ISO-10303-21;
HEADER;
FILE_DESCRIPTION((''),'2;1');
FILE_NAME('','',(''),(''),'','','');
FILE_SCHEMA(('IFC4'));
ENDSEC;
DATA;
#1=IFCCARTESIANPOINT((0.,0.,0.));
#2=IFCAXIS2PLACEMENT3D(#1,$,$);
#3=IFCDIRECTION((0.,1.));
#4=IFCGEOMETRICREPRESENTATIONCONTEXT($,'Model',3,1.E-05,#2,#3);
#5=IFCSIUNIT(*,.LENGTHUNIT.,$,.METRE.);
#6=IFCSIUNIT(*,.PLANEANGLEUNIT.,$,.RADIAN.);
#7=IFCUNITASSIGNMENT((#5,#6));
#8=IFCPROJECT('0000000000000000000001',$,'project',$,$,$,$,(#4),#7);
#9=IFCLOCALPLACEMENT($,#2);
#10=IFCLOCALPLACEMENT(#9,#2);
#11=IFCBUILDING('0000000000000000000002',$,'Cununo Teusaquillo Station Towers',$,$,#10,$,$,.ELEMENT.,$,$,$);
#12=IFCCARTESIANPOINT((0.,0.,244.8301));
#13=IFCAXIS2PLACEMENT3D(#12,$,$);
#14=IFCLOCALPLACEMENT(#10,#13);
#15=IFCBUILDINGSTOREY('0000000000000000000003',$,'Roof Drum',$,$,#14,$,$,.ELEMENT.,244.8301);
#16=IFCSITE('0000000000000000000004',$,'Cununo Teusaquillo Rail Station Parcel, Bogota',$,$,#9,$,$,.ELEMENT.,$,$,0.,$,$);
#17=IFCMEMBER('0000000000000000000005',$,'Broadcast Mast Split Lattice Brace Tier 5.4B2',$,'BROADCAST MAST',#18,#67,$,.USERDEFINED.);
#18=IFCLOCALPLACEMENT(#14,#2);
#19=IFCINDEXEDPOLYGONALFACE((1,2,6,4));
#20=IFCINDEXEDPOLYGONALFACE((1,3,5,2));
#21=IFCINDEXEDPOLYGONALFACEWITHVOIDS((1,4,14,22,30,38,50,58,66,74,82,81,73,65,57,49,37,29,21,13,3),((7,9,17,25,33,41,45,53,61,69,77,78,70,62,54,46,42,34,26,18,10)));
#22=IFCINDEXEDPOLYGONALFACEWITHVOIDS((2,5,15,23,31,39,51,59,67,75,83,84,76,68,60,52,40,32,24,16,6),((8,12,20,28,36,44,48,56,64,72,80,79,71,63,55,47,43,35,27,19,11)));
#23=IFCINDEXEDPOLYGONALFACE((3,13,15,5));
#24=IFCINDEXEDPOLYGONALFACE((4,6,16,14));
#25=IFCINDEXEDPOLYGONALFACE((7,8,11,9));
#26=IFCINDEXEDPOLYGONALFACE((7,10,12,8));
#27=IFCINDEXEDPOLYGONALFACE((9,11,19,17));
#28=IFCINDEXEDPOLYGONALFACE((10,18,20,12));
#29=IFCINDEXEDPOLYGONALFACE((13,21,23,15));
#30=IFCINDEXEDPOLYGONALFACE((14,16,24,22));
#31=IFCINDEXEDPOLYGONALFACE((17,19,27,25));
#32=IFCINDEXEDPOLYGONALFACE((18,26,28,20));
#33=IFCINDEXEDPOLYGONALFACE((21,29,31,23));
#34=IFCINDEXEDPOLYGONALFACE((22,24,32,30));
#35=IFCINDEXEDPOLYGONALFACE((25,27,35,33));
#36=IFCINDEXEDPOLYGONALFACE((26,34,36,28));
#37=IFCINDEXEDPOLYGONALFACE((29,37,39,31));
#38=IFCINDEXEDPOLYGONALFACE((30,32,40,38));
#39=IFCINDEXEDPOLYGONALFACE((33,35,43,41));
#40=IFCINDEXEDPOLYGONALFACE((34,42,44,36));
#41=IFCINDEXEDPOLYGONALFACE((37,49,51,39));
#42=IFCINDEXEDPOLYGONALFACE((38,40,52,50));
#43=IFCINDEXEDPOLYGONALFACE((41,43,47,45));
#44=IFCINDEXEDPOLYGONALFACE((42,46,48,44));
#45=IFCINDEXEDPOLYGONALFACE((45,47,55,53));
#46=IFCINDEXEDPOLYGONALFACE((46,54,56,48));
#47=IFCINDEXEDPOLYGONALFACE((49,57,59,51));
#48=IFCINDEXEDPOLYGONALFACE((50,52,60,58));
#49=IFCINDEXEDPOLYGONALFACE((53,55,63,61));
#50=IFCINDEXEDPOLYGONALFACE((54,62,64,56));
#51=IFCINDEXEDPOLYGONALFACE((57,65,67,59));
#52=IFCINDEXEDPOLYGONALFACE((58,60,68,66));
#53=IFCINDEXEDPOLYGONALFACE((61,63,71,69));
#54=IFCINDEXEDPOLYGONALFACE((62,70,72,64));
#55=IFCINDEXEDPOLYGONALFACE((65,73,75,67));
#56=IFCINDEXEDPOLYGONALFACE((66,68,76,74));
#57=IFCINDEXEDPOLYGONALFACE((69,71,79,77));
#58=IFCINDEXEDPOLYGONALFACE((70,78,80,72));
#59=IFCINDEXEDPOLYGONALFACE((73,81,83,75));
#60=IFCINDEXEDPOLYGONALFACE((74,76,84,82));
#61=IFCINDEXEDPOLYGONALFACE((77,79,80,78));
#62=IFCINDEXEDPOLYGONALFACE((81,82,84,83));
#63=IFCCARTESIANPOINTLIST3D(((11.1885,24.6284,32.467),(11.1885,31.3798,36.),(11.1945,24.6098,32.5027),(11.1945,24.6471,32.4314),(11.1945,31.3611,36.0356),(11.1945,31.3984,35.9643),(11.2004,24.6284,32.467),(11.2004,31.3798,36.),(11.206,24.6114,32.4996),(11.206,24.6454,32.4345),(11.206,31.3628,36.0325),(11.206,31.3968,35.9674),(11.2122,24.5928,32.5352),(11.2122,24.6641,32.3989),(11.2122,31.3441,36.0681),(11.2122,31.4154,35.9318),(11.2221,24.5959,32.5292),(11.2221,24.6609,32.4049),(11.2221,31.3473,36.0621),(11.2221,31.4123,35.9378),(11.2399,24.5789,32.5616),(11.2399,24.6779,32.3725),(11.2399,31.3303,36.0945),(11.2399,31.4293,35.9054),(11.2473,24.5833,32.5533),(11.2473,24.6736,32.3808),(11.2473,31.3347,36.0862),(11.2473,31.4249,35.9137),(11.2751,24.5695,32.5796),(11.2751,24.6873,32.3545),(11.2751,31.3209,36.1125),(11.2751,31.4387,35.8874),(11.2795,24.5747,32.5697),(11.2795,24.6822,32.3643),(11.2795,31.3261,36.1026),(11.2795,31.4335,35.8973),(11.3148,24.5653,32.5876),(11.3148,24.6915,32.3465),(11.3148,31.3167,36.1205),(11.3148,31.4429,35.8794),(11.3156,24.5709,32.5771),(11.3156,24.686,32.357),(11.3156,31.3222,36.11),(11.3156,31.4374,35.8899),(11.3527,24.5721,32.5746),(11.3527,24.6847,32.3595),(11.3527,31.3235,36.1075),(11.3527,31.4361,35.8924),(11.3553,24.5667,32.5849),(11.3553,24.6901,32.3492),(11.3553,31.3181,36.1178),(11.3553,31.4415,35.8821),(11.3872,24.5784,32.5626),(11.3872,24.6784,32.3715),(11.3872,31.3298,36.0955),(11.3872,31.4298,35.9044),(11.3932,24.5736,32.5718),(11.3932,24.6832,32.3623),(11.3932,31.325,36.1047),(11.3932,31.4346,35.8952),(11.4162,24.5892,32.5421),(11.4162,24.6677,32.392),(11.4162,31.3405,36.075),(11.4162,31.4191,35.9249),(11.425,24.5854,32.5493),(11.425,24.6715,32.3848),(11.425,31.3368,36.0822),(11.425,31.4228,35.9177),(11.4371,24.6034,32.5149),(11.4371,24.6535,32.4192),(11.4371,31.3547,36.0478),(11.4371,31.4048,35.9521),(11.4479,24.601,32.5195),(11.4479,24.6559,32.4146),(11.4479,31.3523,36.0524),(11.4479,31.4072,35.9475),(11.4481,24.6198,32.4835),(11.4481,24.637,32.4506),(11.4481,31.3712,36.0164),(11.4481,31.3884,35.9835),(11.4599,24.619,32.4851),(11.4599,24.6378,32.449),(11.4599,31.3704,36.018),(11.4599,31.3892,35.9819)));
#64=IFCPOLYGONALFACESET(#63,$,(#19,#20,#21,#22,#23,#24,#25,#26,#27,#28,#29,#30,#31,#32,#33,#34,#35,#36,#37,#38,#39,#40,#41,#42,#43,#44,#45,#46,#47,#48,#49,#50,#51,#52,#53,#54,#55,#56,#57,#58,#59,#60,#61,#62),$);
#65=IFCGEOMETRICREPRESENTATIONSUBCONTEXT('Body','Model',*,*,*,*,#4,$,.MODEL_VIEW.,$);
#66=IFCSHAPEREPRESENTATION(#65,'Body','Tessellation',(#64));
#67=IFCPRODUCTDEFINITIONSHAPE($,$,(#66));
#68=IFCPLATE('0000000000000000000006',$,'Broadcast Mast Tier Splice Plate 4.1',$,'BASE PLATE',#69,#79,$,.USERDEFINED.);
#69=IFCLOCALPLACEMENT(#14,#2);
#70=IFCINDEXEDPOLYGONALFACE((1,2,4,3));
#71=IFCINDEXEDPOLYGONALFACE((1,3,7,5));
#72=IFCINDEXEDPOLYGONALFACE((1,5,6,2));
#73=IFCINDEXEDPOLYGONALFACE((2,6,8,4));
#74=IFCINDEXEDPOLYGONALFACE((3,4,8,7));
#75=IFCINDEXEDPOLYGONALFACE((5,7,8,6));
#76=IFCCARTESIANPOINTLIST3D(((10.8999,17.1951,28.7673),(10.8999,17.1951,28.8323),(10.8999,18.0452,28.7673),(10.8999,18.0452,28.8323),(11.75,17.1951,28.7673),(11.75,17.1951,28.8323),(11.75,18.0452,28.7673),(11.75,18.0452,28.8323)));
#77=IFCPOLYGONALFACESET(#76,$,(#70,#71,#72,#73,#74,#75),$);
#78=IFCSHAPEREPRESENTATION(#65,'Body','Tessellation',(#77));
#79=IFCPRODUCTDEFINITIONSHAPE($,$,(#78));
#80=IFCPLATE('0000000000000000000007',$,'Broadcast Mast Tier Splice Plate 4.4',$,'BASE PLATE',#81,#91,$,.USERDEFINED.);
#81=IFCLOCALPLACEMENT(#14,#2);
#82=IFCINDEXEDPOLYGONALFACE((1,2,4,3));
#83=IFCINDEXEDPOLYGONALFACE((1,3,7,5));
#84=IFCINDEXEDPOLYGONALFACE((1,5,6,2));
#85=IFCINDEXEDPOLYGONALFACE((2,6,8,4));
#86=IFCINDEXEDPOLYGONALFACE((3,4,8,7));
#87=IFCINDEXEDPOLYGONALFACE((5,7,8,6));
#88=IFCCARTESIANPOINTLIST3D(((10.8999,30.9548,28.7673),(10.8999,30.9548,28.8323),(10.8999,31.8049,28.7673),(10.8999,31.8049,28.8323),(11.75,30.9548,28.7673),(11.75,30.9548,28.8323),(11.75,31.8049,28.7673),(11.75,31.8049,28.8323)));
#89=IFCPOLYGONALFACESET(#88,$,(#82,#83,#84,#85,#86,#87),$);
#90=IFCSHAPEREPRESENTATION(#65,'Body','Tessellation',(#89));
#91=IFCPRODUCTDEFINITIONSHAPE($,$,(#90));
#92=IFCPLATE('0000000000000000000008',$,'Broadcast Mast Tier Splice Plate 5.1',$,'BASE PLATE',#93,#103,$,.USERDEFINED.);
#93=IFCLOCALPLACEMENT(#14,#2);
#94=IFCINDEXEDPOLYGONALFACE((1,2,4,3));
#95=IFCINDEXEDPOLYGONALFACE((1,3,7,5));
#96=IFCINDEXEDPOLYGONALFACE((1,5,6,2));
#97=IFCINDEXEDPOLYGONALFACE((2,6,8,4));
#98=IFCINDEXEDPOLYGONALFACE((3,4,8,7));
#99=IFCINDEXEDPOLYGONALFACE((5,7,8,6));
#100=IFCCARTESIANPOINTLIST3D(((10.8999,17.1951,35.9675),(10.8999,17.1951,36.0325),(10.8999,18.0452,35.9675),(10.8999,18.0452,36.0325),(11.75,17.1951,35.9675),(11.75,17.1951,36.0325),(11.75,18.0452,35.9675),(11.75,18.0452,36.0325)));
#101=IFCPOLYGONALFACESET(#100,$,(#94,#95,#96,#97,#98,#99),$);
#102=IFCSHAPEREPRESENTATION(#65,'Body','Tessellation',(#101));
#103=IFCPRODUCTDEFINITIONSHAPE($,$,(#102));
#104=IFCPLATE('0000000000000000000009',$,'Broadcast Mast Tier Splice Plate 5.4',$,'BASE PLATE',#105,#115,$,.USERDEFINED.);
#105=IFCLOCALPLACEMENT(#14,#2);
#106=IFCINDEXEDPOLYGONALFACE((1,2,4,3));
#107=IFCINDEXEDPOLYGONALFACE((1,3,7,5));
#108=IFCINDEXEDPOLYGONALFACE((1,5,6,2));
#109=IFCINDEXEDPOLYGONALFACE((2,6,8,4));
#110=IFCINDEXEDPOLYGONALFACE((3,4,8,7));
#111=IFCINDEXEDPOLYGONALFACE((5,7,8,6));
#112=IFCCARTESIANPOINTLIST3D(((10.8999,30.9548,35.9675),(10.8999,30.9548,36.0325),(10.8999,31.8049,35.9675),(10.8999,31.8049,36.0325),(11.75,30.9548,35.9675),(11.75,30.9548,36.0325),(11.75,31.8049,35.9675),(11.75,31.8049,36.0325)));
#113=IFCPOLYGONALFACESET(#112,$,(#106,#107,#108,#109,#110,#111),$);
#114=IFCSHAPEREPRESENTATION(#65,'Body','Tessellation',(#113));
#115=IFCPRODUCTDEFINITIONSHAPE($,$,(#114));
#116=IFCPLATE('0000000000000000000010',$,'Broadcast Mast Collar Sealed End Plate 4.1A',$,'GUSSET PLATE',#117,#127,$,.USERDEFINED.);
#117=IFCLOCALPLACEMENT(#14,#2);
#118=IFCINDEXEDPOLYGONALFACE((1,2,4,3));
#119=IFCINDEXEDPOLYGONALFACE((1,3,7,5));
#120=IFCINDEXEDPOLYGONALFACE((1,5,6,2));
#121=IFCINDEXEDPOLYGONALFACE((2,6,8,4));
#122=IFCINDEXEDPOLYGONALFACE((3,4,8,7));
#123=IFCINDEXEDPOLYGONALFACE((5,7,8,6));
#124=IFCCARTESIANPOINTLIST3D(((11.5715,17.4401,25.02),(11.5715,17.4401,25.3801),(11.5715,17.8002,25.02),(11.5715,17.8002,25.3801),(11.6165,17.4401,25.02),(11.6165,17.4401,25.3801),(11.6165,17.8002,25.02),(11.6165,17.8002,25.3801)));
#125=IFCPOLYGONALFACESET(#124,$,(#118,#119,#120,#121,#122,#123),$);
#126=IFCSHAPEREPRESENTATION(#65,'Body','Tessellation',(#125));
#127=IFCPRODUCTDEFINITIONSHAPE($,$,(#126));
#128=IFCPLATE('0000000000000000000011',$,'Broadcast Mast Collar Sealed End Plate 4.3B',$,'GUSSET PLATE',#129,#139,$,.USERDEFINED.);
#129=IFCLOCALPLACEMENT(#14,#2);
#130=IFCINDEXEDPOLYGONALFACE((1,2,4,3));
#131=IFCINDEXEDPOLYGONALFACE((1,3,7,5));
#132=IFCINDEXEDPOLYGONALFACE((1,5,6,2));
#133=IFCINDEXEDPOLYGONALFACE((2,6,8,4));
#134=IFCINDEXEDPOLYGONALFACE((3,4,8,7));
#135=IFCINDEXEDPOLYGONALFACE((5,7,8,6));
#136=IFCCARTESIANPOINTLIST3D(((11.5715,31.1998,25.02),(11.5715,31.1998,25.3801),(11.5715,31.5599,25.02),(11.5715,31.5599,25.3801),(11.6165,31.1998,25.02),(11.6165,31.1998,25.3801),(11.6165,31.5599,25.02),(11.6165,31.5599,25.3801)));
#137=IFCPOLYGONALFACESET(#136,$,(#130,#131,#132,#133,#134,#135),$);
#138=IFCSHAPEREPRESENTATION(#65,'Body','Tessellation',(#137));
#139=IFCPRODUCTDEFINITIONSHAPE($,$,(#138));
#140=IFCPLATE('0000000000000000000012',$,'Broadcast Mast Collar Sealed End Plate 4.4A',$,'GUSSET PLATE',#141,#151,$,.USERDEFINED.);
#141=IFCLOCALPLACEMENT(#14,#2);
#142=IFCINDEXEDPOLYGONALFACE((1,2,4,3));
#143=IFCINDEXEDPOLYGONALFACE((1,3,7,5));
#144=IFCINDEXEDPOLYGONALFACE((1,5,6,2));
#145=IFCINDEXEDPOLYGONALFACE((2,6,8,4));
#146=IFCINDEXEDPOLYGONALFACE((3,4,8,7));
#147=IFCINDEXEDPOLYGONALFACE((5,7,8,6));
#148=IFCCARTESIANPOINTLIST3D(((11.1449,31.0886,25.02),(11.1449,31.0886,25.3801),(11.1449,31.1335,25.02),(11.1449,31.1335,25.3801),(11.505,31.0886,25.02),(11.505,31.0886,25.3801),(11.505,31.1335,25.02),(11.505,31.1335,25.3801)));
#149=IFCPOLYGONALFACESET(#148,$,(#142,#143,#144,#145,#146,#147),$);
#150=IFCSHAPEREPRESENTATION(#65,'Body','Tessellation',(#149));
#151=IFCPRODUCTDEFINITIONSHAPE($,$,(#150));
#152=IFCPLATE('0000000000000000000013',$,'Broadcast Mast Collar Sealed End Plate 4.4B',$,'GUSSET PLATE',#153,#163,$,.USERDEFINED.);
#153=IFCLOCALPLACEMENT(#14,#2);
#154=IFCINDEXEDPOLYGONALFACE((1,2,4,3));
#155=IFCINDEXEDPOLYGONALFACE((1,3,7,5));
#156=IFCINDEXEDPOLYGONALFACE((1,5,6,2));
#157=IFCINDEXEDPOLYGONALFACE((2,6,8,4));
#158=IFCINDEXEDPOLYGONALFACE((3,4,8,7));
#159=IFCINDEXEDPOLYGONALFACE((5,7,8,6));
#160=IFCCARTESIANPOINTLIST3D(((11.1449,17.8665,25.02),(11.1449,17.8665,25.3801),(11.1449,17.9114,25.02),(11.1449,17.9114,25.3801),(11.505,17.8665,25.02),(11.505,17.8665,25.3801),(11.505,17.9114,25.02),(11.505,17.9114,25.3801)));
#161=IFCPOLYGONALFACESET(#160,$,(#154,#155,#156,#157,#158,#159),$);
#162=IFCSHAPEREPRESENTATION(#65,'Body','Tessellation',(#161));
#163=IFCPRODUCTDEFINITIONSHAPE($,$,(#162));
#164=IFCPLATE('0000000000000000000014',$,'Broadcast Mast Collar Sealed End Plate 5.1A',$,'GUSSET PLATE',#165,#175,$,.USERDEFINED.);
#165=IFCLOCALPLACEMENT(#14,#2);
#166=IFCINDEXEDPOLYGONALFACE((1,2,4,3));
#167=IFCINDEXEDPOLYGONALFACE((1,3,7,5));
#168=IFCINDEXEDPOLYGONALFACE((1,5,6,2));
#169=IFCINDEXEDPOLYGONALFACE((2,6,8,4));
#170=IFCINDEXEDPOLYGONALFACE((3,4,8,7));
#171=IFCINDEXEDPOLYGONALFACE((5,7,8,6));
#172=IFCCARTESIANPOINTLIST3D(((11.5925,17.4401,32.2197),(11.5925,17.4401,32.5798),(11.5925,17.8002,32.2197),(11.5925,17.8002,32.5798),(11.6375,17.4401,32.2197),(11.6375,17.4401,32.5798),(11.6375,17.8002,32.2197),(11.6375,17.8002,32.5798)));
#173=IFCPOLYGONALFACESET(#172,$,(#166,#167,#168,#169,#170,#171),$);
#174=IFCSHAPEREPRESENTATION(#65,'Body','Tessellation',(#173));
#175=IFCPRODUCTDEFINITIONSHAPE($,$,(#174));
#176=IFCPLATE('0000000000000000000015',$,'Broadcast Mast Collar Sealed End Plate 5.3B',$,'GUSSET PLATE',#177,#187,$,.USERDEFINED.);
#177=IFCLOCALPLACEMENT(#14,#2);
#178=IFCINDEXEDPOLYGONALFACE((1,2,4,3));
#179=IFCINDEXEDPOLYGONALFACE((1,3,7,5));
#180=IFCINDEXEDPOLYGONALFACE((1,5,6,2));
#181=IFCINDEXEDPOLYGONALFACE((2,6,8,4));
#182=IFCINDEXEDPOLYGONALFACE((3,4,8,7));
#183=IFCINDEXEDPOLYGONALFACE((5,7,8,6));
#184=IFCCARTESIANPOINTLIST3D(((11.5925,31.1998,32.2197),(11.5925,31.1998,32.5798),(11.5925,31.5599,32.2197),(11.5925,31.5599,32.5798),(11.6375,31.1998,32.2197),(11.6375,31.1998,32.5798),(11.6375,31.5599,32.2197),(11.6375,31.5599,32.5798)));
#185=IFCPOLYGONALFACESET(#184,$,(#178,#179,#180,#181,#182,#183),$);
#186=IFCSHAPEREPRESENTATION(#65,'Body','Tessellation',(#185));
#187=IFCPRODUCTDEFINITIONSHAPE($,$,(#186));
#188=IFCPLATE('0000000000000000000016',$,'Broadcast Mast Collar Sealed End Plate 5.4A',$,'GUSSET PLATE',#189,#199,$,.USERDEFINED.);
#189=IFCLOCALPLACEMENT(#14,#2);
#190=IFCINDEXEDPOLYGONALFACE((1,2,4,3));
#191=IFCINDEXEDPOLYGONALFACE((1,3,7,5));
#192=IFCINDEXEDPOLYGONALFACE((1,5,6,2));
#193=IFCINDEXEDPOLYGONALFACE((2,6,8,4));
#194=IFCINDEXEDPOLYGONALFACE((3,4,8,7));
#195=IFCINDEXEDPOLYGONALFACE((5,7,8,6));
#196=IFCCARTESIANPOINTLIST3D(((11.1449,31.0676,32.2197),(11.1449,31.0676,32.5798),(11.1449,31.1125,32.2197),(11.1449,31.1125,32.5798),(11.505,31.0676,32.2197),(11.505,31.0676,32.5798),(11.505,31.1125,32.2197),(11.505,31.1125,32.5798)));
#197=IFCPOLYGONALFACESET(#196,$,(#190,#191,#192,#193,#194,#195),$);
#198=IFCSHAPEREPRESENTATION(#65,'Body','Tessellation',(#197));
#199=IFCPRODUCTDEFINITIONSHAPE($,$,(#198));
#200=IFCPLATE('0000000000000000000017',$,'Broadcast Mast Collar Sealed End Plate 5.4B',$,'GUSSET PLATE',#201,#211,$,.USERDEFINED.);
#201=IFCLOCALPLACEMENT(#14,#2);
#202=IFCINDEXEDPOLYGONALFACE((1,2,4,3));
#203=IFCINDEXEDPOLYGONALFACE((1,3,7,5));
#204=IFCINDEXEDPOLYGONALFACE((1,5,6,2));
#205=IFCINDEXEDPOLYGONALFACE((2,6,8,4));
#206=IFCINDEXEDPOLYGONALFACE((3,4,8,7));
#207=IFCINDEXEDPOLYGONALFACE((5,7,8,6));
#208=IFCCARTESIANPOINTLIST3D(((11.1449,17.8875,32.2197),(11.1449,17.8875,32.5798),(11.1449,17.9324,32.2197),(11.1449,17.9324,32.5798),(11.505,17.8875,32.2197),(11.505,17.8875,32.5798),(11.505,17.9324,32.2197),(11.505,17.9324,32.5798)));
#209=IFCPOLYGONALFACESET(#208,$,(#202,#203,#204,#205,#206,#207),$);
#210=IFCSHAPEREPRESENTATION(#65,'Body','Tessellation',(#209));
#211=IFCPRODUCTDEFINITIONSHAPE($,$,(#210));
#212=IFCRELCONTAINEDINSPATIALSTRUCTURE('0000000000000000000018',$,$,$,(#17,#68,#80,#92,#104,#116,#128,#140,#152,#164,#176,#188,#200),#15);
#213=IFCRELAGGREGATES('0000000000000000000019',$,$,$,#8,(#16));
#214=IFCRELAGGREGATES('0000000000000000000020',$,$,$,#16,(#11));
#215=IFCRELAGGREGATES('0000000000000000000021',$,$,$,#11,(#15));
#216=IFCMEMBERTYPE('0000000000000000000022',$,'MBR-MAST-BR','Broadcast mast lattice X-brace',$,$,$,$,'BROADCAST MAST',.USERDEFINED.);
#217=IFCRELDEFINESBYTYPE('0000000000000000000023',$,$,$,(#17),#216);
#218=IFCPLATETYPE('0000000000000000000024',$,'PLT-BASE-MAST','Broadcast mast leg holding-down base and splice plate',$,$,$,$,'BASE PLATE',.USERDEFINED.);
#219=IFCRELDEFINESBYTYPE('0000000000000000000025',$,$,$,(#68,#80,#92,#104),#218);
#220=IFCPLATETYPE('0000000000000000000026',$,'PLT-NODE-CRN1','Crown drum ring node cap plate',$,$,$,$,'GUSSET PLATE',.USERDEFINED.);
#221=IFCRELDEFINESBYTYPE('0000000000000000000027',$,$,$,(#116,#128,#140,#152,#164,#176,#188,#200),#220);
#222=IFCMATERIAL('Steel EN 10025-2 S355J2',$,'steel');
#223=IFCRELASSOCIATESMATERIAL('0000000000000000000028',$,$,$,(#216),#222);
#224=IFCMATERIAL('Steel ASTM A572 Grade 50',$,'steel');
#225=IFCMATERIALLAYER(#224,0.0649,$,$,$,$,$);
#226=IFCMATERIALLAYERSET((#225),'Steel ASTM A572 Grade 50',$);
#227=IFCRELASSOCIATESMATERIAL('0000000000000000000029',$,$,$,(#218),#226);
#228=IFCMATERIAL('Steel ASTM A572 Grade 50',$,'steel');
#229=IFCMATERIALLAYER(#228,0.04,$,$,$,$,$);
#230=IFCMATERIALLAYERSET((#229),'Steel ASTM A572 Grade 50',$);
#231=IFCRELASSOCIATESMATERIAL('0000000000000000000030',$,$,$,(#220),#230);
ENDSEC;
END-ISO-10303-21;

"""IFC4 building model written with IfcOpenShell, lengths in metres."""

from ifc_helpers import new_model, si_unit, direction, frame, origin, origin_2d, place, context, subcontext, project, spatial, rectangle, hollow_circle, extrude, source, transform, mapped, material, layer, layer_set, material_profile, profile_set, type_object, element, save


model = new_model("IFC4")

# Units and contexts
model_context = context("Model", 3, precision=1e-05, world=origin(), true_north=direction((0.0, 1.0)))
body_context = subcontext(model_context, "Body", "Model", "MODEL_VIEW")
ifc_project = project(units=[si_unit("LENGTHUNIT", "METRE"), si_unit("PLANEANGLEUNIT", "RADIAN")], contexts=[model_context])

# Site, building, storey
site_placement = place(None, origin())
site = spatial("IfcSite", under=ifc_project, at=site_placement, Name="Cununo Teusaquillo Rail Station Parcel, Bogota", CompositionType="ELEMENT", RefElevation=0.0)
building_placement = place(site_placement, origin())
building = spatial("IfcBuilding", under=site, at=building_placement, Name="Cununo Teusaquillo Station Towers", CompositionType="ELEMENT")
storey_placement = place(building_placement, frame((0.0, 0.0, 244.8301)))
storey = spatial("IfcBuildingStorey", under=building, at=storey_placement, Name="Roof Drum", CompositionType="ELEMENT", Elevation=244.8301)

# Member
ifc_material_1 = material(Name="Steel EN 10025-2 S355J2", Category="steel")
ifc_material_profile_1 = material_profile(ifc_material_1, hollow_circle(Radius=0.1365, WallThickness=0.012, at=origin_2d()), Name="CHS 273x12")
ifc_profile_set_1 = profile_set([ifc_material_profile_1], Name="Steel EN 10025-2 S355J2")
member_type = type_object("IfcMemberType", Name="MBR-MAST-BR", Description="Broadcast mast lattice X-brace", ElementType="BROADCAST MAST", PredefinedType="USERDEFINED", material=ifc_profile_set_1)
for number, where, z_axis, x_axis, name in (
    (1, (11.325, 24.6284, 32.467), (0.0, 0.886021, 0.463644), (-1.0, 0.0, 0.0), "Broadcast Mast Split Lattice Brace Tier 5.4B2"),
):
    element("IfcMember", number, at=place(storey_placement, frame(where, z_axis=z_axis, x_axis=x_axis)), inside=storey, type_object=member_type, Name=name, ObjectType="BROADCAST MAST", PredefinedType="USERDEFINED", context=body_context, shape_type="SweptSolid", body=[
        extrude(hollow_circle(Radius=0.1365, WallThickness=0.012, at=origin_2d()), origin(), (0.0, 0.0, 1.0), 7.6199),
    ])

# Plates
ifc_material_2 = material(Name="Steel ASTM A572 Grade 50", Category="steel")
ifc_layer_1 = layer(ifc_material_2, 0.0649)
ifc_layer_set_1 = layer_set([ifc_layer_1], Name="Steel ASTM A572 Grade 50")
plate_type_1 = type_object("IfcPlateType", Name="PLT-BASE-MAST", Description="Broadcast mast leg holding-down base and splice plate", ElementType="BASE PLATE", PredefinedType="USERDEFINED", material=ifc_layer_set_1)
shared_shape_1 = source(origin(), body_context, "Body", "SweptSolid", [
    extrude(rectangle(XDim=0.8501, YDim=0.8501, at=origin_2d()), origin(), (0.0, 0.0, 1.0), 0.0649),
])
for number, where, z_axis, x_axis, name in (
    (2, (11.325, 17.6201, 28.7673), (0.0, 0.0, 1.0), (1.0, 0.0, 0.0), "Broadcast Mast Tier Splice Plate 4.1"),
    (3, (11.325, 31.3799, 28.7673), (0.0, 0.0, 1.0), (1.0, 0.0, 0.0), "Broadcast Mast Tier Splice Plate 4.4"),
    (4, (11.325, 17.6201, 35.9675), (0.0, 0.0, 1.0), (1.0, 0.0, 0.0), "Broadcast Mast Tier Splice Plate 5.1"),
    (5, (11.325, 31.3799, 35.9675), (0.0, 0.0, 1.0), (1.0, 0.0, 0.0), "Broadcast Mast Tier Splice Plate 5.4"),
):
    element("IfcPlate", number, at=place(storey_placement, frame(where, z_axis=z_axis, x_axis=x_axis)), inside=storey, type_object=plate_type_1, Name=name, ObjectType="BASE PLATE", PredefinedType="USERDEFINED", context=body_context, shape_type="MappedRepresentation", body=[
        mapped(shared_shape_1, transform((0.0, 0.0, 0.0), x_axis=(1.0, 0.0, 0.0), y_axis=(0.0, 1.0, 0.0), z_axis=(0.0, 0.0, 1.0), scale=1.0)),
    ])
ifc_material_3 = material(Name="Steel ASTM A572 Grade 50", Category="steel")
ifc_layer_2 = layer(ifc_material_3, 0.04)
ifc_layer_set_2 = layer_set([ifc_layer_2], Name="Steel ASTM A572 Grade 50")
plate_type_2 = type_object("IfcPlateType", Name="PLT-NODE-CRN1", Description="Crown drum ring node cap plate", ElementType="GUSSET PLATE", PredefinedType="USERDEFINED", material=ifc_layer_set_2)
shared_shape_2 = source(origin(), body_context, "Body", "SweptSolid", [
    extrude(rectangle(XDim=0.0449, YDim=0.3601, at=origin_2d()), origin(), (0.0, 0.0, 1.0), 0.3601),
])
for number, where, z_axis, x_axis, name in (
    (6, (11.594, 17.6201, 25.02), (0.0, 0.0, 1.0), (1.0, 0.0, 0.0), "Broadcast Mast Collar Sealed End Plate 4.1A"),
    (7, (11.594, 31.3799, 25.02), (0.0, 0.0, 1.0), (-1.0, 0.0, 0.0), "Broadcast Mast Collar Sealed End Plate 4.3B"),
    (8, (11.325, 31.1111, 25.02), (0.0, 0.0, 1.0), (0.0, -1.0, 0.0), "Broadcast Mast Collar Sealed End Plate 4.4A"),
    (9, (11.325, 17.8889, 25.02), (0.0, 0.0, 1.0), (0.0, -1.0, 0.0), "Broadcast Mast Collar Sealed End Plate 4.4B"),
    (10, (11.615, 17.6201, 32.2197), (0.0, 0.0, 1.0), (1.0, 0.0, 0.0), "Broadcast Mast Collar Sealed End Plate 5.1A"),
    (11, (11.615, 31.3799, 32.2197), (0.0, 0.0, 1.0), (-1.0, 0.0, 0.0), "Broadcast Mast Collar Sealed End Plate 5.3B"),
    (12, (11.325, 31.0901, 32.2197), (0.0, 0.0, 1.0), (0.0, -1.0, 0.0), "Broadcast Mast Collar Sealed End Plate 5.4A"),
    (13, (11.325, 17.9099, 32.2197), (0.0, 0.0, 1.0), (0.0, -1.0, 0.0), "Broadcast Mast Collar Sealed End Plate 5.4B"),
):
    element("IfcPlate", number, at=place(storey_placement, frame(where, z_axis=z_axis, x_axis=x_axis)), inside=storey, type_object=plate_type_2, Name=name, ObjectType="GUSSET PLATE", PredefinedType="USERDEFINED", context=body_context, shape_type="MappedRepresentation", body=[
        mapped(shared_shape_2, transform((0.0, 0.0, 0.0), x_axis=(1.0, 0.0, 0.0), y_axis=(0.0, 1.0, 0.0), z_axis=(0.0, 0.0, 1.0), scale=1.0)),
    ])

save(model, "model.ifc")
